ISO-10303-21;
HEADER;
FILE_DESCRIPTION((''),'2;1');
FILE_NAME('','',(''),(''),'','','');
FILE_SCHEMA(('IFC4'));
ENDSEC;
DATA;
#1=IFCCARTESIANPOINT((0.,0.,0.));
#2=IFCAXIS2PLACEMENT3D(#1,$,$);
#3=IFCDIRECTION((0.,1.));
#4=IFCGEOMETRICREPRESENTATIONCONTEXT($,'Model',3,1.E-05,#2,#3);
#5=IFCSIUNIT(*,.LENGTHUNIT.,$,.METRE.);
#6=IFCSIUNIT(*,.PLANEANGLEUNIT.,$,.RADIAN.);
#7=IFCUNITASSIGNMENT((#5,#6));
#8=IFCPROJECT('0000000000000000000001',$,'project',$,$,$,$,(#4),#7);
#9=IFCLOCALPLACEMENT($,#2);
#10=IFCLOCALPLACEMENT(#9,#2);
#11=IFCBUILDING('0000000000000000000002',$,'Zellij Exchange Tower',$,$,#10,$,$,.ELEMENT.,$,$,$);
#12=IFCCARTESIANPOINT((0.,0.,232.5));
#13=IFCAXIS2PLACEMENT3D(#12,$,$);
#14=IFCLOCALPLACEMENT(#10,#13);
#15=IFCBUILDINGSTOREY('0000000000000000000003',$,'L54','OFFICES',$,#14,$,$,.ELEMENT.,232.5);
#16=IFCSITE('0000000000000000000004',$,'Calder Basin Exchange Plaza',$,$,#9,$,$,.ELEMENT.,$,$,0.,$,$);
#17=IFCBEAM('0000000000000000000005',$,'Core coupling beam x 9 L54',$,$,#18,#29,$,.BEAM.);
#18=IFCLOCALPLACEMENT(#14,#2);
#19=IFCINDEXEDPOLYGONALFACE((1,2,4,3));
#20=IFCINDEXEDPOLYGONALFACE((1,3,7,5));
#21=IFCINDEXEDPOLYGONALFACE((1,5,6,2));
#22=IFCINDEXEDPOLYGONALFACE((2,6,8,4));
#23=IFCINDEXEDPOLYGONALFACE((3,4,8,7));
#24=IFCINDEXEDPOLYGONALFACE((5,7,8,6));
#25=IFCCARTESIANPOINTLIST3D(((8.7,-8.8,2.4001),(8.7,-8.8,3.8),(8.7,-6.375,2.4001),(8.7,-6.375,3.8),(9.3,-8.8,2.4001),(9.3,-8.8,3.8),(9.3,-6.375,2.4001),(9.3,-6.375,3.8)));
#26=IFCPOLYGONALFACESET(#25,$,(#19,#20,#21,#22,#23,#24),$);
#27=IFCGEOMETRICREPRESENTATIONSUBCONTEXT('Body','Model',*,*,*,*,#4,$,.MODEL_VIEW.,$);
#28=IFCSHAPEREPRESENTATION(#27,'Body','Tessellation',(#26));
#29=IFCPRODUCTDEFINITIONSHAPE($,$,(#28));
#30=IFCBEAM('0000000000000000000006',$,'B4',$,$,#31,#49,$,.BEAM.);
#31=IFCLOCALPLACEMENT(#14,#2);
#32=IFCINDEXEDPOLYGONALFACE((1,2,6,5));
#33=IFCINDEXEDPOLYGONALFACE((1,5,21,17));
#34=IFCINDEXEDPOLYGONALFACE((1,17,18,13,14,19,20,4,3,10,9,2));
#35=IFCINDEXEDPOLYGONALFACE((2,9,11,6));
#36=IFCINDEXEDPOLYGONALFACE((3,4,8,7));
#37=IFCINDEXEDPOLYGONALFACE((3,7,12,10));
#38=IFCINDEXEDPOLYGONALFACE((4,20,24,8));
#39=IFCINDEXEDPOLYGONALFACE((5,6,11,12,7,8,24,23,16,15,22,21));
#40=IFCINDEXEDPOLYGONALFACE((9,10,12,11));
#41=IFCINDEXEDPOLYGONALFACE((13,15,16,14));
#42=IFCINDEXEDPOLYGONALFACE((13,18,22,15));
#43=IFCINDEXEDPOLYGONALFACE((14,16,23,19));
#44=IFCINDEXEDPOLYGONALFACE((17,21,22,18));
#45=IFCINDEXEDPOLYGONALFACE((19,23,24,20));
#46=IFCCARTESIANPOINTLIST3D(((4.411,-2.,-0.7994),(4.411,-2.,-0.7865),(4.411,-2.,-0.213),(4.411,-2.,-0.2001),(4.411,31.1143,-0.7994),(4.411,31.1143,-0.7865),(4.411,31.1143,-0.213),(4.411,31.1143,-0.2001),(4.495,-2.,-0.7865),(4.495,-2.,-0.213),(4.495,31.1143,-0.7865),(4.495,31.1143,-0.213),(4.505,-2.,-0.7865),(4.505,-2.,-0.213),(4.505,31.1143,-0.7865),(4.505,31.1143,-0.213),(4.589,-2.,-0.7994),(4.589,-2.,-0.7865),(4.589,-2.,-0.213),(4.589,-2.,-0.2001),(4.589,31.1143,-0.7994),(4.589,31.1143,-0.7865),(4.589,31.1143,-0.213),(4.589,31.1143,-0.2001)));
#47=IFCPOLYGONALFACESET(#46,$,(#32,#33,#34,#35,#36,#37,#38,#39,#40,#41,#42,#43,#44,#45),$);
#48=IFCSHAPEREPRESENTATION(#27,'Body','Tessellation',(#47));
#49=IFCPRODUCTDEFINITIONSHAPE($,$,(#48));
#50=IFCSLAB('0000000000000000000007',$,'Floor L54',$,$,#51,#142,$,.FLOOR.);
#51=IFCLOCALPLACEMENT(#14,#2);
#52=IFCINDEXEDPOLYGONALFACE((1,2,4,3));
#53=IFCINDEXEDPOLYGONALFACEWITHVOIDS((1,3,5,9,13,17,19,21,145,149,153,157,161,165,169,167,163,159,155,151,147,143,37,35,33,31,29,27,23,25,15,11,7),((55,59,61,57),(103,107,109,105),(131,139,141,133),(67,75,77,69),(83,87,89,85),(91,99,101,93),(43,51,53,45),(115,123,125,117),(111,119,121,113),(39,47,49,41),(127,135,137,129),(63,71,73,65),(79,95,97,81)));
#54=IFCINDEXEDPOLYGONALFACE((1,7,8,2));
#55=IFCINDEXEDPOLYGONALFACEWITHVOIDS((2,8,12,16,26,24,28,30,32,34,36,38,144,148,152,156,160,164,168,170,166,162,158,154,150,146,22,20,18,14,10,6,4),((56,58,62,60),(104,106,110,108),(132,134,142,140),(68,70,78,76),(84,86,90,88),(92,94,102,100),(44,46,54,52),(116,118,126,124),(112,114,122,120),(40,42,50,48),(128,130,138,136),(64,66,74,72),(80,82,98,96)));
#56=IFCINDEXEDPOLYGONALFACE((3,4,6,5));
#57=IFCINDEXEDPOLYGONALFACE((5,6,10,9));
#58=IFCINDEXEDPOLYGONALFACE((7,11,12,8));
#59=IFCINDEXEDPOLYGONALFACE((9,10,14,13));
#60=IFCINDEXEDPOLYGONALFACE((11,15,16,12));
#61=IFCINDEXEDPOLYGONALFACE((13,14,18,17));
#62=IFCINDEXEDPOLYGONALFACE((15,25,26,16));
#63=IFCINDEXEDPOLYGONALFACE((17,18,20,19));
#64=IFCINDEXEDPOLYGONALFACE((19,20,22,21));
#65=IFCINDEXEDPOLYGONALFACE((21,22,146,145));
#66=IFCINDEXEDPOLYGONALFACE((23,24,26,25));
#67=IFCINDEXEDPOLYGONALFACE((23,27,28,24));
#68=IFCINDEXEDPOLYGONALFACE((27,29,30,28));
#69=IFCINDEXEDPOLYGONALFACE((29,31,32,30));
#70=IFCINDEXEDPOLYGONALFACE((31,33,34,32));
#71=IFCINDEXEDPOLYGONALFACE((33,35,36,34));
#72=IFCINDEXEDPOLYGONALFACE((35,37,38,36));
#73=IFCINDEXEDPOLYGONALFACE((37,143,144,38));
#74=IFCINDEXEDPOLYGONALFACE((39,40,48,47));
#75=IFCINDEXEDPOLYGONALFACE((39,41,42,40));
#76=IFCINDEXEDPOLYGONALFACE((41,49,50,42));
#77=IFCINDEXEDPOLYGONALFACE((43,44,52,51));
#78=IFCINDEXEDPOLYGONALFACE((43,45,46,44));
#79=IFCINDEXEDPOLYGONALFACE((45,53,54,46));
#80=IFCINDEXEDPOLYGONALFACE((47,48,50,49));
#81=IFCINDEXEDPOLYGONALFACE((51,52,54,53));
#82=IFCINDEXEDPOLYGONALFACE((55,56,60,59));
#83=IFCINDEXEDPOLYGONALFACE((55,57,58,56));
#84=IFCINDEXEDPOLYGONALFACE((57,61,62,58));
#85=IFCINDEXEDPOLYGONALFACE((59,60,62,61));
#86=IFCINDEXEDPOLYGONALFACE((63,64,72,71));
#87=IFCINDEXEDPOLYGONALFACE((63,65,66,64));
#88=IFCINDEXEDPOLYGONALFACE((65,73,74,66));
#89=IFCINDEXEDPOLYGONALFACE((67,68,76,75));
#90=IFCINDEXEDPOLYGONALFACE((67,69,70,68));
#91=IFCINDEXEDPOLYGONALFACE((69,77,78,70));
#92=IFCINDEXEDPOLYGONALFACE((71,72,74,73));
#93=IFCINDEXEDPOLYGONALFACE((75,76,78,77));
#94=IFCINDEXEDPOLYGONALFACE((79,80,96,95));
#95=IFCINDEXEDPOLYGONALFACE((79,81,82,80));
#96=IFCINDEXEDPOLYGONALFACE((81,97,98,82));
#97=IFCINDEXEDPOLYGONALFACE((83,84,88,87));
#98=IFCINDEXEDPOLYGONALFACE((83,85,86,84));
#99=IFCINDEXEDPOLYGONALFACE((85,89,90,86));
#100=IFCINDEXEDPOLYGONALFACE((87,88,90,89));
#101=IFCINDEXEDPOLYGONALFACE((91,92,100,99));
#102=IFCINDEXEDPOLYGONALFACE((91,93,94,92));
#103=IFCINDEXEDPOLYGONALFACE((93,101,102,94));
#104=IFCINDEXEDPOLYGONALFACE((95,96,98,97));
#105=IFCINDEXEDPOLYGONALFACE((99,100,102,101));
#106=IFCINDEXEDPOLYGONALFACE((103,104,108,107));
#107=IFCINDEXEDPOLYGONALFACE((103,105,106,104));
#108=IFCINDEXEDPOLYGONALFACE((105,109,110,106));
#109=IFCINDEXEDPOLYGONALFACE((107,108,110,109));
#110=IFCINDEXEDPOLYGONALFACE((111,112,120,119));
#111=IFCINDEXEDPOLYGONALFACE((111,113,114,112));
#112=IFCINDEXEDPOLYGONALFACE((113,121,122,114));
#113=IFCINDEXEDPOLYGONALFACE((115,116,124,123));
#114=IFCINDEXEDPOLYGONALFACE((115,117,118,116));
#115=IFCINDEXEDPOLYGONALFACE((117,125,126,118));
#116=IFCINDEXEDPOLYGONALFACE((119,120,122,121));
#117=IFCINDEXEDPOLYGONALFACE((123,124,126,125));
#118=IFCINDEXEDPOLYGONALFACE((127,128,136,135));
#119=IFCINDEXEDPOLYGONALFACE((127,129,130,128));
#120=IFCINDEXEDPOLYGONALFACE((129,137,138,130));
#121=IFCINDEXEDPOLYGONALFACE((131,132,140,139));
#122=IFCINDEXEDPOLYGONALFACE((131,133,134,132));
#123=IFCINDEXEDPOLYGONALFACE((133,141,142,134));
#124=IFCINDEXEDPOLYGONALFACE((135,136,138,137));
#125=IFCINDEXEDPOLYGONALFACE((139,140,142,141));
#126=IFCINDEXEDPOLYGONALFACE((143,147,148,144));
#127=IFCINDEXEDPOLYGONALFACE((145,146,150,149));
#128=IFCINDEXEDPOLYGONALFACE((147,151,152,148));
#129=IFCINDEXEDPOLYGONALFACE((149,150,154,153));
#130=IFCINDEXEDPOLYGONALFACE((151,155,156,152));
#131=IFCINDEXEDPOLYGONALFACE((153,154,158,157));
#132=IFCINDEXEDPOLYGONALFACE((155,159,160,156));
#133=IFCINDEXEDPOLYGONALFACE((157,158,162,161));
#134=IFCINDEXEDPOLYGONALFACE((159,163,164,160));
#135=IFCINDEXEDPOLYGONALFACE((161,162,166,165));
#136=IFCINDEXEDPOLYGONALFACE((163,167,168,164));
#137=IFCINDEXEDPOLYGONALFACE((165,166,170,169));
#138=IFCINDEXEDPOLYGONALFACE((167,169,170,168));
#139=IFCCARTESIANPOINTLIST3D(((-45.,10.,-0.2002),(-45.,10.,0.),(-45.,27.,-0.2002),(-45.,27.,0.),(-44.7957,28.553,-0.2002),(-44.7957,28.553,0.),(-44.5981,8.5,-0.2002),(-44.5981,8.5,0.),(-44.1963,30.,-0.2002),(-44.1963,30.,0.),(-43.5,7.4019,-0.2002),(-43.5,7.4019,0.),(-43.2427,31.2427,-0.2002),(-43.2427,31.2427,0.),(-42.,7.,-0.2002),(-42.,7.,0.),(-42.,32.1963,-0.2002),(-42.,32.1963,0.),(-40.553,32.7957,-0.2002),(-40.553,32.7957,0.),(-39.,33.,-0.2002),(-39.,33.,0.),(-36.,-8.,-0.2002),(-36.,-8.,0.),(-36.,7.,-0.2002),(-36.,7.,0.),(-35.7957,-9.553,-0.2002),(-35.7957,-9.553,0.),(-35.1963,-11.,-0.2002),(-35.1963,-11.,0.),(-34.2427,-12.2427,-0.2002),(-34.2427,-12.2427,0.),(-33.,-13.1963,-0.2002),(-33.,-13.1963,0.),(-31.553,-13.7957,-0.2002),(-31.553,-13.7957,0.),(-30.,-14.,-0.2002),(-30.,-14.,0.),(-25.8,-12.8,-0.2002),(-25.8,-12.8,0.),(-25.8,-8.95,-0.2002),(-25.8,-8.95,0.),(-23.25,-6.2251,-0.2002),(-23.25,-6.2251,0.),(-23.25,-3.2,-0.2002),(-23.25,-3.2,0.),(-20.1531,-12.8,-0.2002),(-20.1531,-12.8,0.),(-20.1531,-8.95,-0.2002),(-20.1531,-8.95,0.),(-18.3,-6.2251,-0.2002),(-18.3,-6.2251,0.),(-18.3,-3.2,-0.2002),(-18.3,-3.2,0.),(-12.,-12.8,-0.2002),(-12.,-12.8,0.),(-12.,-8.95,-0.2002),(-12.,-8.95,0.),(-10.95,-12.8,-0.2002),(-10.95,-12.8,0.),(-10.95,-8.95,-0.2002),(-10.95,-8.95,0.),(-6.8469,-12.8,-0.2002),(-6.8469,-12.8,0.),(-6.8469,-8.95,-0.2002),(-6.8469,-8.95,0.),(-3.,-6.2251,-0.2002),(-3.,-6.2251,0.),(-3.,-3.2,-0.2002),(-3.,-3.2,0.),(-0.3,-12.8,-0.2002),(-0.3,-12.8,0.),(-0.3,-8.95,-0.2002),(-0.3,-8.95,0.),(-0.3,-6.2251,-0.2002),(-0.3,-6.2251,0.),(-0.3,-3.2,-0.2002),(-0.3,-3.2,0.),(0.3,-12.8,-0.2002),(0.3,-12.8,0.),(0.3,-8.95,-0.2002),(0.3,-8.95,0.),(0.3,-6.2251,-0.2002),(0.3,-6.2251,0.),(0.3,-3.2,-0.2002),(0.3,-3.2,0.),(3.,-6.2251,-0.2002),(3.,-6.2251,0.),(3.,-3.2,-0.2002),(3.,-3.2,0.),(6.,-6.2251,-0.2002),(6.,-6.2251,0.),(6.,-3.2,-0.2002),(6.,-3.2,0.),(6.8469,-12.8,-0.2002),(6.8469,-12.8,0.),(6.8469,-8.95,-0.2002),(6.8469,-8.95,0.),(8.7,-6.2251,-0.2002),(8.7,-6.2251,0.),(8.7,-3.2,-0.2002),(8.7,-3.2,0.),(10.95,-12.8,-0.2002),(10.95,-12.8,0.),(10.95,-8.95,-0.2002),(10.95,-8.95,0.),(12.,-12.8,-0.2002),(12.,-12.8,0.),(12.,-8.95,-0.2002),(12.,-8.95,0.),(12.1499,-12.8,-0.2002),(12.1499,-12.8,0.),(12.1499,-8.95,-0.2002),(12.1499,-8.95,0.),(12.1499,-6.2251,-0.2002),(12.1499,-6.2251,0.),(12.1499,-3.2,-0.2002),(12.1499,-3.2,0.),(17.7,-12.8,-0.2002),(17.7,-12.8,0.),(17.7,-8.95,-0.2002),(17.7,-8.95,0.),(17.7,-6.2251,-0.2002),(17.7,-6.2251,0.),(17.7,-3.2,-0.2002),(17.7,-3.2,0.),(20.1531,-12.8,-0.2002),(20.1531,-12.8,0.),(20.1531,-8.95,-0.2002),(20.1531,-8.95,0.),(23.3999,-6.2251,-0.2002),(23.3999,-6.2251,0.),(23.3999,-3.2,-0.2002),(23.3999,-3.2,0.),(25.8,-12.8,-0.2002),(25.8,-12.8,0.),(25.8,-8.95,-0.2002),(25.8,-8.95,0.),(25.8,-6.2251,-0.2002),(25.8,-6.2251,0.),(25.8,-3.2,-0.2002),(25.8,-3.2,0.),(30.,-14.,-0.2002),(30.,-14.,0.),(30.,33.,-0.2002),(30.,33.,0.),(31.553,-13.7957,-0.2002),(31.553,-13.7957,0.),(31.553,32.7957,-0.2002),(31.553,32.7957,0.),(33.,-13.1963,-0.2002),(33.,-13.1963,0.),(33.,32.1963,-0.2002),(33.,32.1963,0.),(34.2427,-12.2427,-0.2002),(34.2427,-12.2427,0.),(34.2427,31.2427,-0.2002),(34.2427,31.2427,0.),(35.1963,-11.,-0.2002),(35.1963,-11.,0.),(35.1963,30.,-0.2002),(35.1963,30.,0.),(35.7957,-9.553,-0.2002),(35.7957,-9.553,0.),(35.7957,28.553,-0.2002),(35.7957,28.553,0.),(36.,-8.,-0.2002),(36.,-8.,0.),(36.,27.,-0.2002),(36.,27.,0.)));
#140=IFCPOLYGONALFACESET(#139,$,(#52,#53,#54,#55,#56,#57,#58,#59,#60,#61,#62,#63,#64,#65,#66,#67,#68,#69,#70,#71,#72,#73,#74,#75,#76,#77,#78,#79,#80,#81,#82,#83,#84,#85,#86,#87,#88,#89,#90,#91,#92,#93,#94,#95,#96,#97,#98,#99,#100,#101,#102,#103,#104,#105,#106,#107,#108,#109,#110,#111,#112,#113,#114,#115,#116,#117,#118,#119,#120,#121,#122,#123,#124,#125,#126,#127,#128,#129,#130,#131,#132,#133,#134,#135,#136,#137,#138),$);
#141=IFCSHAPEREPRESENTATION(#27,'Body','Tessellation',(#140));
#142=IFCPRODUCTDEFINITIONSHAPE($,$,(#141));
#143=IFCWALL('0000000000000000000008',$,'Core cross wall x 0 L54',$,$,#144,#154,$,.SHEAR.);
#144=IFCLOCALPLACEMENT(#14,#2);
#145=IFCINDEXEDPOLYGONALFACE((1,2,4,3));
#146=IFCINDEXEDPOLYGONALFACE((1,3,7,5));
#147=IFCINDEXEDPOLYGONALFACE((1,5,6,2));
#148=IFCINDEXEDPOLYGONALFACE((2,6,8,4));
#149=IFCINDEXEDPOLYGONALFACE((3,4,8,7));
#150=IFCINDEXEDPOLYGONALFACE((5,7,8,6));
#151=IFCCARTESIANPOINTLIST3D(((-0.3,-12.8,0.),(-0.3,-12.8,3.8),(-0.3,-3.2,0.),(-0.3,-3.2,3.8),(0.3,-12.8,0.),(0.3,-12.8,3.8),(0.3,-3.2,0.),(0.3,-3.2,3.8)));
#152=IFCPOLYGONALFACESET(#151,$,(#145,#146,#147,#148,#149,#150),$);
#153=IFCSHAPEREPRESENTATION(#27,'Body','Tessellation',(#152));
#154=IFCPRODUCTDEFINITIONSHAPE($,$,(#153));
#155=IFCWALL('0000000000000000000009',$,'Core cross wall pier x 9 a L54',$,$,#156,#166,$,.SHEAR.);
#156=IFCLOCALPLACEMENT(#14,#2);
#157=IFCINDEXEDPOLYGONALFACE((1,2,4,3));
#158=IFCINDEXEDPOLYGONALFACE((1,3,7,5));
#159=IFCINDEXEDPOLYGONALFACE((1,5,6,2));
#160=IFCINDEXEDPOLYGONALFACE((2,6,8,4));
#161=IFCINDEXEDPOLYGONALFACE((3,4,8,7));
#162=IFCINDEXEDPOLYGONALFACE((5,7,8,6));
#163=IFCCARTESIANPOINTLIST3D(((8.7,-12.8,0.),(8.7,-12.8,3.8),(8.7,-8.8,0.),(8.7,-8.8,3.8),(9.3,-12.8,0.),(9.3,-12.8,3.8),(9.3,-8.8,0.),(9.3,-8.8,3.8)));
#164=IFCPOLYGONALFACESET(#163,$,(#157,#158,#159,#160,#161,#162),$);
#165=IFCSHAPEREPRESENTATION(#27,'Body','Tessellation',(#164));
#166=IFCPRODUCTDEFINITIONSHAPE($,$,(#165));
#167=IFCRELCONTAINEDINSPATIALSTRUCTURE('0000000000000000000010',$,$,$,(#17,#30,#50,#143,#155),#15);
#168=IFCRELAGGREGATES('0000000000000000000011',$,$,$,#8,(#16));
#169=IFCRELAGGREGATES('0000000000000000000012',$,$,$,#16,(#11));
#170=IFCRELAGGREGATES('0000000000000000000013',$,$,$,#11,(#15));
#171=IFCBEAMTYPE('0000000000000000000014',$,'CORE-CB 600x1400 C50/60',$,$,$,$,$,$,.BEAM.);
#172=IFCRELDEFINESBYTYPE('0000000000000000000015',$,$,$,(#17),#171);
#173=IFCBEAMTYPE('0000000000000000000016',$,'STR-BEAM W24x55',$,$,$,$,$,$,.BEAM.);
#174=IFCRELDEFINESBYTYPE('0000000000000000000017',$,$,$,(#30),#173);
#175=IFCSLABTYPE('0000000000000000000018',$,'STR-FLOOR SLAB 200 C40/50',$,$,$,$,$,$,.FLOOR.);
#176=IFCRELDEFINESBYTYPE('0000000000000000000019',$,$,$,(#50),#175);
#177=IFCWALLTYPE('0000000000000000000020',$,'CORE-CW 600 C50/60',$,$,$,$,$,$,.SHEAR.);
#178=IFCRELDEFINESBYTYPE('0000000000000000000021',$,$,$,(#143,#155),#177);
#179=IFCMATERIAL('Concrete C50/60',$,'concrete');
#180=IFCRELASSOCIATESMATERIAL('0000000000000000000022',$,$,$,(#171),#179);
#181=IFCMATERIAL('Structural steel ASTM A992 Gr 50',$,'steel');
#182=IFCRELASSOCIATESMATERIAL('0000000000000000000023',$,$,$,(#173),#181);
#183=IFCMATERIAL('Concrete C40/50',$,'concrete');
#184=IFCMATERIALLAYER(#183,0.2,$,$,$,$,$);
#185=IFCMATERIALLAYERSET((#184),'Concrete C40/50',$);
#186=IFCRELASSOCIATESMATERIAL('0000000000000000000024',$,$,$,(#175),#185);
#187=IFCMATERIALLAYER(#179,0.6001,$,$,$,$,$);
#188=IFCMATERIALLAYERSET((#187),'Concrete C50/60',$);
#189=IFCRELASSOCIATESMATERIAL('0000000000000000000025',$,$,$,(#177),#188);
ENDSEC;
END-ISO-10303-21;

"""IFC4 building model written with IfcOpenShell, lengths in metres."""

from ifc_helpers import new_model, si_unit, direction, frame, frame_2d, origin, origin_2d, place, context, subcontext, project, spatial, polyline, rectangle, i_section, outline, extrude, material, layer, layer_set, material_profile, profile_set, type_object, element, save


model = new_model("IFC4")

# Units and contexts
model_context = context("Model", 3, precision=1e-05, world=origin(), true_north=direction((0.0, 1.0)))
body_context = subcontext(model_context, "Body", "Model", "MODEL_VIEW")
ifc_project = project(units=[si_unit("LENGTHUNIT", "METRE"), si_unit("PLANEANGLEUNIT", "RADIAN")], contexts=[model_context])

# Site, building, storey
site_placement = place(None, origin())
site = spatial("IfcSite", under=ifc_project, at=site_placement, Name="Calder Basin Exchange Plaza", CompositionType="ELEMENT", RefElevation=0.0)
building_placement = place(site_placement, origin())
building = spatial("IfcBuilding", under=site, at=building_placement, Name="Zellij Exchange Tower", CompositionType="ELEMENT")
storey_placement = place(building_placement, frame((0.0, 0.0, 232.5)))
storey = spatial("IfcBuildingStorey", under=building, at=storey_placement, Name="L54", Description="OFFICES", CompositionType="ELEMENT", Elevation=232.5)

# Beams
ifc_material_1 = material(Name="Concrete C50/60", Category="concrete")
ifc_material_profile_1 = material_profile(ifc_material_1, rectangle(XDim=0.6001, YDim=1.3999, at=origin_2d()), Name="CORE-CB 600x1400 C50/60")
ifc_profile_set_1 = profile_set([ifc_material_profile_1], Name="Concrete C50/60")
beam_type_1 = type_object("IfcBeamType", Name="CORE-CB 600x1400 C50/60", PredefinedType="BEAM", material=ifc_profile_set_1)
beam_1_placement = place(storey_placement, frame((9.0, -8.8, 3.1001), z_axis=(0.0, 1.0, 0.0), x_axis=(-1.0, 0.0, 0.0)))
element("IfcBeam", 1, at=beam_1_placement, inside=storey, type_object=beam_type_1, Name="Core coupling beam x 9 L54", PredefinedType="BEAM", context=body_context, shape_type="SweptSolid", body=[
    extrude(rectangle(XDim=0.6001, YDim=1.3999, at=origin_2d()), origin(), (0.0, 0.0, 1.0), 2.425),
])
ifc_material_2 = material(Name="Structural steel ASTM A992 Gr 50", Category="steel")
ifc_material_profile_2 = material_profile(ifc_material_2, i_section(OverallWidth=0.178, OverallDepth=0.5994, WebThickness=0.01, FlangeThickness=0.0129, at=origin_2d()), Name="W24x55")
ifc_profile_set_2 = profile_set([ifc_material_profile_2], Name="Structural steel ASTM A992 Gr 50")
beam_type_2 = type_object("IfcBeamType", Name="STR-BEAM W24x55", PredefinedType="BEAM", material=ifc_profile_set_2)
beam_2_placement = place(storey_placement, frame((4.5, -2.0, -0.4998), z_axis=(0.0, 1.0, 0.0), x_axis=(-1.0, 0.0, 0.0)))
element("IfcBeam", 2, at=beam_2_placement, inside=storey, type_object=beam_type_2, Name="B4", PredefinedType="BEAM", context=body_context, shape_type="SweptSolid", body=[
    extrude(i_section(OverallWidth=0.178, OverallDepth=0.5994, WebThickness=0.01, FlangeThickness=0.0129, at=origin_2d()), origin(), (0.0, 0.0, 1.0), 33.1143),
])

# Slab
ifc_material_3 = material(Name="Concrete C40/50", Category="concrete")
ifc_layer_1 = layer(ifc_material_3, 0.2)
ifc_layer_set_1 = layer_set([ifc_layer_1], Name="Concrete C40/50")
slab_type = type_object("IfcSlabType", Name="STR-FLOOR SLAB 200 C40/50", PredefinedType="FLOOR", material=ifc_layer_set_1)
slab_placement = place(storey_placement, frame((0.0, 0.0, -0.2002)))
element("IfcSlab", 3, at=slab_placement, inside=storey, type_object=slab_type, Name="Floor L54", PredefinedType="FLOOR", context=body_context, shape_type="SweptSolid", body=[
    extrude(outline(polyline([(31.553, 32.7957), (33.0, 32.1963), (34.2427, 31.2427), (35.1963, 30.0), (35.7957, 28.553), (36.0, 27.0), (36.0, -8.0), (35.7957, -9.553), (35.1963, -11.0), (34.2427, -12.2427), (33.0, -13.1963), (31.553, -13.7957), (30.0, -14.0), (-30.0, -14.0), (-31.553, -13.7957), (-33.0, -13.1963), (-34.2427, -12.2427), (-35.1963, -11.0), (-35.7957, -9.553), (-36.0, -8.0), (-36.0, 7.0), (-42.0, 7.0), (-43.5, 7.4019), (-44.5981, 8.5), (-45.0, 10.0), (-45.0, 27.0), (-44.7957, 28.553), (-44.1963, 30.0), (-43.2427, 31.2427), (-42.0, 32.1963), (-40.553, 32.7957), (-39.0, 33.0), (30.0, 33.0), (31.553, 32.7957)]), holes=[polyline([(-25.8, -8.95), (-25.8, -12.8), (-20.1531, -12.8), (-20.1531, -8.95), (-25.8, -8.95)]), polyline([(-10.95, -8.95), (-12.0, -8.95), (-12.0, -12.8), (-10.95, -12.8), (-10.95, -8.95)]), polyline([(-0.3, -8.95), (-6.8469, -8.95), (-6.8469, -12.8), (-0.3, -12.8), (-0.3, -8.95)]), polyline([(0.3, -8.95), (0.3, -12.8), (6.8469, -12.8), (6.8469, -8.95), (0.3, -8.95)]), polyline([(-18.3, -3.2), (-23.25, -3.2), (-23.25, -6.2251), (-18.3, -6.2251), (-18.3, -3.2)]), polyline([(-0.3, -3.2), (-3.0, -3.2), (-3.0, -6.2251), (-0.3, -6.2251), (-0.3, -3.2)]), polyline([(0.3, -3.2), (0.3, -6.2251), (3.0, -6.2251), (3.0, -3.2), (0.3, -3.2)]), polyline([(12.0, -8.95), (10.95, -8.95), (10.95, -12.8), (12.0, -12.8), (12.0, -8.95)]), polyline([(17.7, -8.95), (12.1499, -8.95), (12.1499, -12.8), (17.7, -12.8), (17.7, -8.95)]), polyline([(25.8, -8.95), (20.1531, -8.95), (20.1531, -12.8), (25.8, -12.8), (25.8, -8.95)]), polyline([(8.7, -3.2), (6.0, -3.2), (6.0, -6.2251), (8.7, -6.2251), (8.7, -3.2)]), polyline([(17.7, -3.2), (12.1499, -3.2), (12.1499, -6.2251), (17.7, -6.2251), (17.7, -3.2)]), polyline([(25.8, -3.2), (23.3999, -3.2), (23.3999, -6.2251), (25.8, -6.2251), (25.8, -3.2)])]), origin(), (0.0, 0.0, 1.0), 0.2002),
])

# Walls
ifc_layer_2 = layer(ifc_material_1, 0.6001)
ifc_layer_set_2 = layer_set([ifc_layer_2], Name="Concrete C50/60")
wall_type_1 = type_object("IfcWallType", Name="CORE-CW 600 C50/60", PredefinedType="SHEAR", material=ifc_layer_set_2)
wall_1_placement = place(storey_placement, frame((0.0, -12.8, 0.0), z_axis=(0.0, 0.0, 1.0), x_axis=(0.0, 1.0, 0.0)))
element("IfcWall", 4, at=wall_1_placement, inside=storey, type_object=wall_type_1, Name="Core cross wall x 0 L54", PredefinedType="SHEAR", context=body_context, shape_type="SweptSolid", body=[
    extrude(rectangle(XDim=9.6001, YDim=0.6001, at=frame_2d((4.8, 0.0))), origin(), (0.0, 0.0, 1.0), 3.8),
])
wall_2_placement = place(storey_placement, frame((9.0, -12.8, 0.0), z_axis=(0.0, 0.0, 1.0), x_axis=(0.0, 1.0, 0.0)))
element("IfcWall", 5, at=wall_2_placement, inside=storey, type_object=wall_type_1, Name="Core cross wall pier x 9 a L54", PredefinedType="SHEAR", context=body_context, shape_type="SweptSolid", body=[
    extrude(rectangle(XDim=4.0, YDim=0.6001, at=frame_2d((2.0, 0.0))), origin(), (0.0, 0.0, 1.0), 3.8),
])

save(model, "model.ifc")
